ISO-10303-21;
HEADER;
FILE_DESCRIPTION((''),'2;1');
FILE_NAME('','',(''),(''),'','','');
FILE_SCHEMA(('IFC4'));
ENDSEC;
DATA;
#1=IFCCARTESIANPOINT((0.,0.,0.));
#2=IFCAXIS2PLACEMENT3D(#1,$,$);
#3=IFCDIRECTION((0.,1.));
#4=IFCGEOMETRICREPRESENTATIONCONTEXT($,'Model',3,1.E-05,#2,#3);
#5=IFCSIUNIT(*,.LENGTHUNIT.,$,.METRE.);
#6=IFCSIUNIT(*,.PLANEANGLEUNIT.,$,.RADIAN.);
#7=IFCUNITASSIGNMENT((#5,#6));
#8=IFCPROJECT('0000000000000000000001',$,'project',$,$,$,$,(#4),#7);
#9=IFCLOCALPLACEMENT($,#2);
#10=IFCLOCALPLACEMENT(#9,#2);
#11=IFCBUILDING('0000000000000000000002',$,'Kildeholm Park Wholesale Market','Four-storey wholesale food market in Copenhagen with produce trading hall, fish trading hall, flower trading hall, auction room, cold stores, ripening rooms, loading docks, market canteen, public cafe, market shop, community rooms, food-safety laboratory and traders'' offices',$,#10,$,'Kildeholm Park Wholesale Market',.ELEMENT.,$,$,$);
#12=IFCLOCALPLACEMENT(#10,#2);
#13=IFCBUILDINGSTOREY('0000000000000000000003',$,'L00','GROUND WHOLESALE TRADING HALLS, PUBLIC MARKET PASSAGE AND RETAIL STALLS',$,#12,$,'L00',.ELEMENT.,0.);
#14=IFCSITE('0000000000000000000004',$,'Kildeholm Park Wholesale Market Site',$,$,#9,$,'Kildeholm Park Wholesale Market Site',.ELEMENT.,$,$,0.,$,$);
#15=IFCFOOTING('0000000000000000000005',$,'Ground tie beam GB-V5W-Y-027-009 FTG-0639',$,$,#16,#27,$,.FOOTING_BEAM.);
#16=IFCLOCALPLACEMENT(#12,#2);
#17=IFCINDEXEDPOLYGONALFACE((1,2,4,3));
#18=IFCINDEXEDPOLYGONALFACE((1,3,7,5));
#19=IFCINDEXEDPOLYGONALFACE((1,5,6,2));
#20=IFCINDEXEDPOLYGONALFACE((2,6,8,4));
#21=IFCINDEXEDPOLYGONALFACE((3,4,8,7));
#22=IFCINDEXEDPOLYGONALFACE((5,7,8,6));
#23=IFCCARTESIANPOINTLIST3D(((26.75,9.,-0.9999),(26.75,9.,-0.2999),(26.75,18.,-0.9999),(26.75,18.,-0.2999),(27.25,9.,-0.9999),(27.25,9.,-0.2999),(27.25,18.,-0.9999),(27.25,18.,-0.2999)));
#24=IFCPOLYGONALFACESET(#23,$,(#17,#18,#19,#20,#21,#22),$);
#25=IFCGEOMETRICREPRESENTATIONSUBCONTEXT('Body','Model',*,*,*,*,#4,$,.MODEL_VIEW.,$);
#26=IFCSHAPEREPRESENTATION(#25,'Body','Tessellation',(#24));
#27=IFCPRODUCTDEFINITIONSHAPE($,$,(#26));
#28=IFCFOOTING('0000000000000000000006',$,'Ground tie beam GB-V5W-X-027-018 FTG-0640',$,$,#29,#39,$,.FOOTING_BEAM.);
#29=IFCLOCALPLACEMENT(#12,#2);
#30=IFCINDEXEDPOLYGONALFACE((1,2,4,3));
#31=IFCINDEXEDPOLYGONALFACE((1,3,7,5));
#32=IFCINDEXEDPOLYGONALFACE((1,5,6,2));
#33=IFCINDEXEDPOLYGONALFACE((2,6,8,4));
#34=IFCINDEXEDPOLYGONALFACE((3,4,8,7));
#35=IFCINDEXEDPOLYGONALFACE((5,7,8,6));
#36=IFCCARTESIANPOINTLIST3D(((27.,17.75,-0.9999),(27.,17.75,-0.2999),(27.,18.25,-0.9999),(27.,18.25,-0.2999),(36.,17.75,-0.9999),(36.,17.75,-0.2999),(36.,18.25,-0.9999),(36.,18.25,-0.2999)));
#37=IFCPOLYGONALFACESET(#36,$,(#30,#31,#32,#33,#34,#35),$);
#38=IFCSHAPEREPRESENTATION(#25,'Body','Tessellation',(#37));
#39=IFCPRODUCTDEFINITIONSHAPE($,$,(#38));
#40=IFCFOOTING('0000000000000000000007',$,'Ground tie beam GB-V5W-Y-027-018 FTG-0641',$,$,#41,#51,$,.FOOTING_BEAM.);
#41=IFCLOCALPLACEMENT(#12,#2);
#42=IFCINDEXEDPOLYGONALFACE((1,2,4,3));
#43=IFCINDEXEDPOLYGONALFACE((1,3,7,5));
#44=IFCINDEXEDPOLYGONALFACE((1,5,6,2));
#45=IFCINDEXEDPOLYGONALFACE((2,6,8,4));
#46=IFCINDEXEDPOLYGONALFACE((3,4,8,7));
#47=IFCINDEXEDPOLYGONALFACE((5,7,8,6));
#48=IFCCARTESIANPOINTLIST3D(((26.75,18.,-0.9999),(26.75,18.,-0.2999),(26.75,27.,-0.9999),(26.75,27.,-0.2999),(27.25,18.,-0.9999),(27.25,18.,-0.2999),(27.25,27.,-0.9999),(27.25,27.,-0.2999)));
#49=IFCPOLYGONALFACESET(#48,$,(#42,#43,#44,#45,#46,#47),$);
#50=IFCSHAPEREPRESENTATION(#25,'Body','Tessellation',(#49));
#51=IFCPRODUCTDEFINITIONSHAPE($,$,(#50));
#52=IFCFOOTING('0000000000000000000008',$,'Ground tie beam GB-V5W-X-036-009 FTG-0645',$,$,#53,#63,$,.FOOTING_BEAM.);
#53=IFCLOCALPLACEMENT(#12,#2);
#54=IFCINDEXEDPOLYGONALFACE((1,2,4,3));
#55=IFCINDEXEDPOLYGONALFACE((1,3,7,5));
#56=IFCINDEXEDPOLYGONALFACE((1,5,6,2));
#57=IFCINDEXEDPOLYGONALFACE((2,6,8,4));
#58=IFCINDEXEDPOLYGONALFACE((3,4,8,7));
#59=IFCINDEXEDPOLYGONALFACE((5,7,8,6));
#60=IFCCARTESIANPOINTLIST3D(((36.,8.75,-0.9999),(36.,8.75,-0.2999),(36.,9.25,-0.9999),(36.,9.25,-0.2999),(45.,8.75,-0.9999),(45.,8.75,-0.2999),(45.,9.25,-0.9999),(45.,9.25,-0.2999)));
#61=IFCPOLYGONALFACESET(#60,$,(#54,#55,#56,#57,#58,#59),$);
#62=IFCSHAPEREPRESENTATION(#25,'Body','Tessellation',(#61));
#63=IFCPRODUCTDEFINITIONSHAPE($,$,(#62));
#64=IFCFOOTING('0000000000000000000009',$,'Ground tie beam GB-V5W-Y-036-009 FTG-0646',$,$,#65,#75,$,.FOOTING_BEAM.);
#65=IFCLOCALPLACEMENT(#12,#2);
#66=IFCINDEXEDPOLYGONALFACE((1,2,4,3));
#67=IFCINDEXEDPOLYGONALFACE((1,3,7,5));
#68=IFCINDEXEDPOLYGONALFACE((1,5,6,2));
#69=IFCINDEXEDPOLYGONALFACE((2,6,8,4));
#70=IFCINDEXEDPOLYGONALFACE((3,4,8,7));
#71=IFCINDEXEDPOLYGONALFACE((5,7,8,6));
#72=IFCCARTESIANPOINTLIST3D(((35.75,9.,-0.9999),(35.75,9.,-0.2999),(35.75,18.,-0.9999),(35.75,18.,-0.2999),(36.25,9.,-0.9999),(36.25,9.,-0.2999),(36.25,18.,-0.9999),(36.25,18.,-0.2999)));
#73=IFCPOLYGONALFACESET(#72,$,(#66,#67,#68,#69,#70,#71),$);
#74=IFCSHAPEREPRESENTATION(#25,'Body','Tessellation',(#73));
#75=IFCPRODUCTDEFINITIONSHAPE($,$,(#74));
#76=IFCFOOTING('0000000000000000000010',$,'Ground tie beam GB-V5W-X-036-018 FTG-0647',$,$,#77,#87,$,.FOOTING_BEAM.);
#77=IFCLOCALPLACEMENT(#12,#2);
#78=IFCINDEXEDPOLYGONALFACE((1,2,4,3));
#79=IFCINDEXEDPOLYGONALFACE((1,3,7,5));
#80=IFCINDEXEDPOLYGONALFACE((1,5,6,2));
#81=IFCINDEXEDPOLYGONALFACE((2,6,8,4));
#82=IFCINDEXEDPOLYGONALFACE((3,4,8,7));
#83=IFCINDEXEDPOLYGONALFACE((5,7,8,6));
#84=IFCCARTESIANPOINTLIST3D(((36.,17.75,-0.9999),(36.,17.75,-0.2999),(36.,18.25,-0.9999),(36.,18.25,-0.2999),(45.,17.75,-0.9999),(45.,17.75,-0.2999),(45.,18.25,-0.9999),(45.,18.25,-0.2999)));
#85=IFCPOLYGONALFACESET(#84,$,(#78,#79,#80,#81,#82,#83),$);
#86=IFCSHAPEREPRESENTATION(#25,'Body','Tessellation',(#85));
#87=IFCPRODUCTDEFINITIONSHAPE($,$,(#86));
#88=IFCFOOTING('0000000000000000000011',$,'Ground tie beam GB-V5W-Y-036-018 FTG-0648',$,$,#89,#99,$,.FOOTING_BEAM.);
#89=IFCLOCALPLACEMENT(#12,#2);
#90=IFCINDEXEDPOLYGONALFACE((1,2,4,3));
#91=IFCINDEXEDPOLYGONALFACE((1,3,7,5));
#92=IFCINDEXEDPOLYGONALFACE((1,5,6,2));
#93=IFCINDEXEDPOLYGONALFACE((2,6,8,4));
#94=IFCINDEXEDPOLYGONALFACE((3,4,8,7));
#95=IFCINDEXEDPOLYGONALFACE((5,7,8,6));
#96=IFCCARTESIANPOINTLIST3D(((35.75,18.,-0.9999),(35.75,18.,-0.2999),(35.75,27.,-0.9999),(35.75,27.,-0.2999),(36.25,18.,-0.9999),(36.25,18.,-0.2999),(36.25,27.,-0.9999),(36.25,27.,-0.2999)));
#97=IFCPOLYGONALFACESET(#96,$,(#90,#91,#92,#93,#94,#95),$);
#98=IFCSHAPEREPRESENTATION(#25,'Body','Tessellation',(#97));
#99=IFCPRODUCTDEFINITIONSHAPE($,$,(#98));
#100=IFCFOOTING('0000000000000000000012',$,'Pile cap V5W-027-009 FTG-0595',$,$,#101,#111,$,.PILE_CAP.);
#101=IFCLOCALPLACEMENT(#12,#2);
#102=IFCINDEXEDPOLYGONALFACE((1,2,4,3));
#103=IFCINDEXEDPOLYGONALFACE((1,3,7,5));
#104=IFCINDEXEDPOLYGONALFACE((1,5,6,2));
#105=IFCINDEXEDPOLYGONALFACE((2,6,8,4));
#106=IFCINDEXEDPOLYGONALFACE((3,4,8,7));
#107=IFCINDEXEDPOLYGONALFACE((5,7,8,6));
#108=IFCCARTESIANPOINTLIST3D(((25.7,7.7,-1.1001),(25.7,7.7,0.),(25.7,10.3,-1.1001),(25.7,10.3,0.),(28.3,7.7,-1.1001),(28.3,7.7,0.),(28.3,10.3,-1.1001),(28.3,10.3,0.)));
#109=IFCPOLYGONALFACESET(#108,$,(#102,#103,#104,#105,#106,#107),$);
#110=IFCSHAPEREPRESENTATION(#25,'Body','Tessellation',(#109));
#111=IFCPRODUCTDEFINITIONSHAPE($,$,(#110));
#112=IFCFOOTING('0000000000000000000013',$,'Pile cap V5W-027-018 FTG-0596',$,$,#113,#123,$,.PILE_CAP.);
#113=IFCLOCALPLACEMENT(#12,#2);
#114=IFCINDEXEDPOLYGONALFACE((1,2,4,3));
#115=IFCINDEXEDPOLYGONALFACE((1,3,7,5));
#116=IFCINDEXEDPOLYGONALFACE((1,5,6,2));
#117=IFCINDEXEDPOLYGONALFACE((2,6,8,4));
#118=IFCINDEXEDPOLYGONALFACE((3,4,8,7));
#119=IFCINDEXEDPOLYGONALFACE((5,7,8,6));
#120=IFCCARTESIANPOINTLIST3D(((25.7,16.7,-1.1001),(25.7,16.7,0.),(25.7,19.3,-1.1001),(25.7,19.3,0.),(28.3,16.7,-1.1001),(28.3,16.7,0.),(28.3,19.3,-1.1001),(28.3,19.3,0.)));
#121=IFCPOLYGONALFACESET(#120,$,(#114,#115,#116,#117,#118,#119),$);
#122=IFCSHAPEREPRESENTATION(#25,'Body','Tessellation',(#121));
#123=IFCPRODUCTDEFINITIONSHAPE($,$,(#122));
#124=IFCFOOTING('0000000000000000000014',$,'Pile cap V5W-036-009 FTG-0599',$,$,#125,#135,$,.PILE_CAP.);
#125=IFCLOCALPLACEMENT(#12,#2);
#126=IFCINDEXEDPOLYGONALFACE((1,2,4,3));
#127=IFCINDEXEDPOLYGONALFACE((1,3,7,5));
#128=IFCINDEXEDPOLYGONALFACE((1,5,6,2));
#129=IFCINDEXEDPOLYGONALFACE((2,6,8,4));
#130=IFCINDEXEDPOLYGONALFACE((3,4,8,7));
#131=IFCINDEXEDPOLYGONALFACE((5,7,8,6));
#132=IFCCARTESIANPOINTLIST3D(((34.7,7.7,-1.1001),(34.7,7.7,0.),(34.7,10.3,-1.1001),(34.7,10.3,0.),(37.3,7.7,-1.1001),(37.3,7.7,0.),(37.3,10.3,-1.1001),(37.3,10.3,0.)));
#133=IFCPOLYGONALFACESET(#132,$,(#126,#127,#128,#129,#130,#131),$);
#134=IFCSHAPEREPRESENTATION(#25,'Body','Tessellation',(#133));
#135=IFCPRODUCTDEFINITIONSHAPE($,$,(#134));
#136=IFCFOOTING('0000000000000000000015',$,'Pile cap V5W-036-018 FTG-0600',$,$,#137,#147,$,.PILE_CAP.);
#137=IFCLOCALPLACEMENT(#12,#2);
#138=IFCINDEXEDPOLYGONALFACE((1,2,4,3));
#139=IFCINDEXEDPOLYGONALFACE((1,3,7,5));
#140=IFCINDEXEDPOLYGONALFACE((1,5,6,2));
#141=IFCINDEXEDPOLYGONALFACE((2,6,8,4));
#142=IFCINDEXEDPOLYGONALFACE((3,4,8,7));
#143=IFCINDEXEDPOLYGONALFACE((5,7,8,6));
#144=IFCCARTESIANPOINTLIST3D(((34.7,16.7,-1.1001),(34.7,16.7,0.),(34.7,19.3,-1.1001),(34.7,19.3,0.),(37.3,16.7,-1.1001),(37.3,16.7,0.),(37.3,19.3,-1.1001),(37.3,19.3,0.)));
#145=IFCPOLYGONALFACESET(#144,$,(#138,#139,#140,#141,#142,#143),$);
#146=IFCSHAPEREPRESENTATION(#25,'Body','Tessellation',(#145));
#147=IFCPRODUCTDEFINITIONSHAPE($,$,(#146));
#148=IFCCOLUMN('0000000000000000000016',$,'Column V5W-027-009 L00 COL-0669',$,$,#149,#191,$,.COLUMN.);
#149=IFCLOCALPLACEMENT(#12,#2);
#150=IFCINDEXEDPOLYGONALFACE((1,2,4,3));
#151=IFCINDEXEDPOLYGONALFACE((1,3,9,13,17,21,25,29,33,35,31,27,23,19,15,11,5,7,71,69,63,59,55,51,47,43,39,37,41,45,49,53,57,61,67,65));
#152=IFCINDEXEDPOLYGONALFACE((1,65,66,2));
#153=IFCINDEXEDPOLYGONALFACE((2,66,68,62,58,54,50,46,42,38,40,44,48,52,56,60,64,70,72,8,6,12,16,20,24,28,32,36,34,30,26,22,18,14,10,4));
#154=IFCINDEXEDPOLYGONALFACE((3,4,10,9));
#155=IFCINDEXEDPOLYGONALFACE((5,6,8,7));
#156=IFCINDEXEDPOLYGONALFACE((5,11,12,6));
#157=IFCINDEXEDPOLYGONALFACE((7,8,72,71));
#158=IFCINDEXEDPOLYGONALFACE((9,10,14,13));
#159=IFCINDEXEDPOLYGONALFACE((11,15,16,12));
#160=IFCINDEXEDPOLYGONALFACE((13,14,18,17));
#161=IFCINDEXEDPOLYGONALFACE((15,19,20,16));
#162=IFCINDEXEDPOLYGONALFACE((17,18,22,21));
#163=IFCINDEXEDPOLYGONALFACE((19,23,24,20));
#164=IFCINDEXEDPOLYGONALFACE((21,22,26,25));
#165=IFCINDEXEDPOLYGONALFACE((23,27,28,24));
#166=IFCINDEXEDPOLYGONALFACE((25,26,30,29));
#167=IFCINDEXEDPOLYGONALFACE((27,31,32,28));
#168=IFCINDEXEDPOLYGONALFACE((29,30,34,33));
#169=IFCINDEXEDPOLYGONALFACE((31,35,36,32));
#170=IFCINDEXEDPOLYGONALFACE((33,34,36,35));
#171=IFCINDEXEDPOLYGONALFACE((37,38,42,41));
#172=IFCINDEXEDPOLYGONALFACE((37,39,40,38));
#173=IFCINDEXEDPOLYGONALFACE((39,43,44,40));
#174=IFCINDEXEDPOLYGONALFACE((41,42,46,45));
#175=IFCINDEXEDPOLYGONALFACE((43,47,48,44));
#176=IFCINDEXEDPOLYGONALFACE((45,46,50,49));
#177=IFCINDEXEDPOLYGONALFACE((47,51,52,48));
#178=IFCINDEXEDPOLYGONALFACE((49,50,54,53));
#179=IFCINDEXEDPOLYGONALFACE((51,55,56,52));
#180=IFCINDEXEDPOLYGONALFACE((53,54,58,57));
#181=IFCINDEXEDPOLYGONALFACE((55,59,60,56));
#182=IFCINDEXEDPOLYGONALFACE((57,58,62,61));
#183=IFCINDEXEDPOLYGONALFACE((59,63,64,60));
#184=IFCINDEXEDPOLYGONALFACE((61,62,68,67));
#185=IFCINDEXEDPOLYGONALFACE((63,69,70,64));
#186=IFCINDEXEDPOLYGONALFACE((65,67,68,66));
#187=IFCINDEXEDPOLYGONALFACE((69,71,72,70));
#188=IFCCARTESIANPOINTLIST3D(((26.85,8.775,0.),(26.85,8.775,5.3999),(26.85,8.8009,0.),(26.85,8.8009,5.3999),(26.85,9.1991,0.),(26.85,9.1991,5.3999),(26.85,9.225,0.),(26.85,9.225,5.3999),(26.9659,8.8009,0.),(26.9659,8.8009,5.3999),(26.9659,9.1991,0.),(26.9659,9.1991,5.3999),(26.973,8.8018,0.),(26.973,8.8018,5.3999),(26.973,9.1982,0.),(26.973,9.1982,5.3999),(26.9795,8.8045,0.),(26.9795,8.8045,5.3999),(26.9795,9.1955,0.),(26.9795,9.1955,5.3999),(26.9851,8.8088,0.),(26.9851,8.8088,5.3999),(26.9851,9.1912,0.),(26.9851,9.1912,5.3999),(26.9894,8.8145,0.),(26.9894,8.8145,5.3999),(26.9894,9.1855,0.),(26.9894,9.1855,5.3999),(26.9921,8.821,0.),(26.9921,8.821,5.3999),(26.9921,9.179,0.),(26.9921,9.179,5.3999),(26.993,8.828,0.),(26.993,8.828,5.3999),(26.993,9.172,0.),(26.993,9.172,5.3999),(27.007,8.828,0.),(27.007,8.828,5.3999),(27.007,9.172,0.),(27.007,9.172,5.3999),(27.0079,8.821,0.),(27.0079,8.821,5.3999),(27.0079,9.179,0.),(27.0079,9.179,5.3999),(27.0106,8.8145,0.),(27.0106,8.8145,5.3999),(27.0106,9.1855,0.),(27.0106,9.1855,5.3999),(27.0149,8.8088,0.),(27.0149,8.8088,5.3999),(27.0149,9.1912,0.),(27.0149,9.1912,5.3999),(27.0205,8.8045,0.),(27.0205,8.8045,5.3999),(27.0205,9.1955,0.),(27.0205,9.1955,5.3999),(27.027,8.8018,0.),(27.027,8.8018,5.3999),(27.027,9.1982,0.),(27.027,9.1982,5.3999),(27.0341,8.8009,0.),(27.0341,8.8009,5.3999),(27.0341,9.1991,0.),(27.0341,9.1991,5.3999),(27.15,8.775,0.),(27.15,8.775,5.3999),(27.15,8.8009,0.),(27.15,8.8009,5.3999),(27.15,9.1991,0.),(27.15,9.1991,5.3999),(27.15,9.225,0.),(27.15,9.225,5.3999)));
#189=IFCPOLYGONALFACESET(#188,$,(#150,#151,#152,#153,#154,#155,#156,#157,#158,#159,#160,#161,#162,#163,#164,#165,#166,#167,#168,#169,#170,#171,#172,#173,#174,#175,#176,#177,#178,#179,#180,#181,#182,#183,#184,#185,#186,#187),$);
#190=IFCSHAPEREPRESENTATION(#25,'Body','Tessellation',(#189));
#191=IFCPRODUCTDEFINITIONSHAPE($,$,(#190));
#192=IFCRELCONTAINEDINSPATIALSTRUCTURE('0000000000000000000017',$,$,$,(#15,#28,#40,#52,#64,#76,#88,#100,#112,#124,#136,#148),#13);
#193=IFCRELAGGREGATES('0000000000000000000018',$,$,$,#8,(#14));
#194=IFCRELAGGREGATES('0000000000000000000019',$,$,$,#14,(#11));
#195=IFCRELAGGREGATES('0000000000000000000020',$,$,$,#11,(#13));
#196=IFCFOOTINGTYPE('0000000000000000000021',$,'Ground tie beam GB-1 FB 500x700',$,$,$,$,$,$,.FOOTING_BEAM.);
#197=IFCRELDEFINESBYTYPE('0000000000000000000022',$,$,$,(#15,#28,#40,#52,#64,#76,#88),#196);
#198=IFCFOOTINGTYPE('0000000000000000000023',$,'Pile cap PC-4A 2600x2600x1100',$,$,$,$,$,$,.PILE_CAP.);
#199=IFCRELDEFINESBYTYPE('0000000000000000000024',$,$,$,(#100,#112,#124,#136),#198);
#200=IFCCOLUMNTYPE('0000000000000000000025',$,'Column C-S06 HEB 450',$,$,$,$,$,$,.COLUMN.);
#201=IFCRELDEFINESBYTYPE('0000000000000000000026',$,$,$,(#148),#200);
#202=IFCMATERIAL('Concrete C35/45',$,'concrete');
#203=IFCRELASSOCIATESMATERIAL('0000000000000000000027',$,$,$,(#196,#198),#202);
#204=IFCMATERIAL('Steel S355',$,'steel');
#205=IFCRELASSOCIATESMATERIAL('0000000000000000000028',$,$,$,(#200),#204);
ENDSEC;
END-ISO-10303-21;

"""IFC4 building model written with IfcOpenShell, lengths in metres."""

from ifc_helpers import new_model, si_unit, direction, frame, origin, origin_2d, place, context, subcontext, project, spatial, rectangle, i_section, extrude, material, material_profile, profile_set, type_object, element, save


model = new_model("IFC4")

# Units and contexts
model_context = context("Model", 3, precision=1e-05, world=origin(), true_north=direction((0.0, 1.0)))
body_context = subcontext(model_context, "Body", "Model", "MODEL_VIEW")
ifc_project = project(units=[si_unit("LENGTHUNIT", "METRE"), si_unit("PLANEANGLEUNIT", "RADIAN")], contexts=[model_context])

# Site, building, storey
site_placement = place(None, origin())
site = spatial("IfcSite", under=ifc_project, at=site_placement, Name="Kildeholm Park Wholesale Market Site", LongName="Kildeholm Park Wholesale Market Site", CompositionType="ELEMENT", RefElevation=0.0)
building_placement = place(site_placement, origin())
building = spatial("IfcBuilding", under=site, at=building_placement, Name="Kildeholm Park Wholesale Market", Description="Four-storey wholesale food market in Copenhagen with produce trading hall, fish trading hall, flower trading hall, auction room, cold stores, ripening rooms, loading docks, market canteen, public cafe, market shop, community rooms, food-safety laboratory and traders' offices", LongName="Kildeholm Park Wholesale Market", CompositionType="ELEMENT")
storey_placement = place(building_placement, origin())
storey = spatial("IfcBuildingStorey", under=building, at=storey_placement, Name="L00", Description="GROUND WHOLESALE TRADING HALLS, PUBLIC MARKET PASSAGE AND RETAIL STALLS", LongName="L00", CompositionType="ELEMENT", Elevation=0.0)

# Shared definitions
ifc_material_1 = material(Name="Concrete C35/45", Category="concrete")

# Footings
ifc_material_profile_1 = material_profile(ifc_material_1, rectangle(XDim=0.5, YDim=0.7, at=origin_2d()), Name="FB 500x700")
ifc_profile_set_1 = profile_set([ifc_material_profile_1], Name="Concrete C35/45")
footing_type_1 = type_object("IfcFootingType", Name="Ground tie beam GB-1 FB 500x700", PredefinedType="FOOTING_BEAM", material=ifc_profile_set_1)
for number, where, z_axis, x_axis, name in (
    (1, (27.0, 9.0, -0.6499), (0.0, 1.0, 0.0), (-1.0, 0.0, 0.0), "Ground tie beam GB-V5W-Y-027-009 FTG-0639"),
    (2, (27.0, 18.0, -0.6499), (1.0, 0.0, 0.0), (0.0, 1.0, 0.0), "Ground tie beam GB-V5W-X-027-018 FTG-0640"),
    (3, (27.0, 18.0, -0.6499), (0.0, 1.0, 0.0), (-1.0, 0.0, 0.0), "Ground tie beam GB-V5W-Y-027-018 FTG-0641"),
    (4, (36.0, 9.0, -0.6499), (1.0, 0.0, 0.0), (0.0, 1.0, 0.0), "Ground tie beam GB-V5W-X-036-009 FTG-0645"),
    (5, (36.0, 9.0, -0.6499), (0.0, 1.0, 0.0), (-1.0, 0.0, 0.0), "Ground tie beam GB-V5W-Y-036-009 FTG-0646"),
    (6, (36.0, 18.0, -0.6499), (1.0, 0.0, 0.0), (0.0, 1.0, 0.0), "Ground tie beam GB-V5W-X-036-018 FTG-0647"),
    (7, (36.0, 18.0, -0.6499), (0.0, 1.0, 0.0), (-1.0, 0.0, 0.0), "Ground tie beam GB-V5W-Y-036-018 FTG-0648"),
):
    element("IfcFooting", number, at=place(storey_placement, frame(where, z_axis=z_axis, x_axis=x_axis)), inside=storey, type_object=footing_type_1, Name=name, PredefinedType="FOOTING_BEAM", context=body_context, shape_type="SweptSolid", body=[
        extrude(rectangle(XDim=0.5, YDim=0.7, at=origin_2d()), origin(), (0.0, 0.0, 1.0), 9.0),
    ])
footing_type_2 = type_object("IfcFootingType", Name="Pile cap PC-4A 2600x2600x1100", PredefinedType="PILE_CAP", material=ifc_material_1)
for number, where, z_axis, x_axis, name in (
    (8, (27.0, 9.0, -1.1001), (0.0, 0.0, 1.0), (1.0, 0.0, 0.0), "Pile cap V5W-027-009 FTG-0595"),
    (9, (27.0, 18.0, -1.1001), (0.0, 0.0, 1.0), (1.0, 0.0, 0.0), "Pile cap V5W-027-018 FTG-0596"),
    (10, (36.0, 9.0, -1.1001), (0.0, 0.0, 1.0), (1.0, 0.0, 0.0), "Pile cap V5W-036-009 FTG-0599"),
    (11, (36.0, 18.0, -1.1001), (0.0, 0.0, 1.0), (1.0, 0.0, 0.0), "Pile cap V5W-036-018 FTG-0600"),
):
    element("IfcFooting", number, at=place(storey_placement, frame(where, z_axis=z_axis, x_axis=x_axis)), inside=storey, type_object=footing_type_2, Name=name, PredefinedType="PILE_CAP", context=body_context, shape_type="SweptSolid", body=[
        extrude(rectangle(XDim=2.6001, YDim=2.6001, at=origin_2d()), origin(), (0.0, 0.0, 1.0), 1.1001),
    ])

# Column
ifc_material_2 = material(Name="Steel S355", Category="steel")
ifc_material_profile_2 = material_profile(ifc_material_2, i_section(OverallWidth=0.3, OverallDepth=0.45, WebThickness=0.0139, FlangeThickness=0.0259, FilletRadius=0.0271, at=origin_2d()), Name="HEB 450")
ifc_profile_set_2 = profile_set([ifc_material_profile_2], Name="Steel S355")
column_type = type_object("IfcColumnType", Name="Column C-S06 HEB 450", PredefinedType="COLUMN", material=ifc_profile_set_2)
for number, where, z_axis, x_axis, name in (
    (12, (27.0, 9.0, 0.0), (0.0, 0.0, 1.0), (1.0, 0.0, 0.0), "Column V5W-027-009 L00 COL-0669"),
):
    element("IfcColumn", number, at=place(storey_placement, frame(where, z_axis=z_axis, x_axis=x_axis)), inside=storey, type_object=column_type, Name=name, PredefinedType="COLUMN", context=body_context, shape_type="SweptSolid", body=[
        extrude(i_section(OverallWidth=0.3, OverallDepth=0.45, WebThickness=0.0139, FlangeThickness=0.0259, FilletRadius=0.0271, at=origin_2d()), origin(), (0.0, 0.0, 1.0), 5.3999),
    ])

save(model, "model.ifc")
